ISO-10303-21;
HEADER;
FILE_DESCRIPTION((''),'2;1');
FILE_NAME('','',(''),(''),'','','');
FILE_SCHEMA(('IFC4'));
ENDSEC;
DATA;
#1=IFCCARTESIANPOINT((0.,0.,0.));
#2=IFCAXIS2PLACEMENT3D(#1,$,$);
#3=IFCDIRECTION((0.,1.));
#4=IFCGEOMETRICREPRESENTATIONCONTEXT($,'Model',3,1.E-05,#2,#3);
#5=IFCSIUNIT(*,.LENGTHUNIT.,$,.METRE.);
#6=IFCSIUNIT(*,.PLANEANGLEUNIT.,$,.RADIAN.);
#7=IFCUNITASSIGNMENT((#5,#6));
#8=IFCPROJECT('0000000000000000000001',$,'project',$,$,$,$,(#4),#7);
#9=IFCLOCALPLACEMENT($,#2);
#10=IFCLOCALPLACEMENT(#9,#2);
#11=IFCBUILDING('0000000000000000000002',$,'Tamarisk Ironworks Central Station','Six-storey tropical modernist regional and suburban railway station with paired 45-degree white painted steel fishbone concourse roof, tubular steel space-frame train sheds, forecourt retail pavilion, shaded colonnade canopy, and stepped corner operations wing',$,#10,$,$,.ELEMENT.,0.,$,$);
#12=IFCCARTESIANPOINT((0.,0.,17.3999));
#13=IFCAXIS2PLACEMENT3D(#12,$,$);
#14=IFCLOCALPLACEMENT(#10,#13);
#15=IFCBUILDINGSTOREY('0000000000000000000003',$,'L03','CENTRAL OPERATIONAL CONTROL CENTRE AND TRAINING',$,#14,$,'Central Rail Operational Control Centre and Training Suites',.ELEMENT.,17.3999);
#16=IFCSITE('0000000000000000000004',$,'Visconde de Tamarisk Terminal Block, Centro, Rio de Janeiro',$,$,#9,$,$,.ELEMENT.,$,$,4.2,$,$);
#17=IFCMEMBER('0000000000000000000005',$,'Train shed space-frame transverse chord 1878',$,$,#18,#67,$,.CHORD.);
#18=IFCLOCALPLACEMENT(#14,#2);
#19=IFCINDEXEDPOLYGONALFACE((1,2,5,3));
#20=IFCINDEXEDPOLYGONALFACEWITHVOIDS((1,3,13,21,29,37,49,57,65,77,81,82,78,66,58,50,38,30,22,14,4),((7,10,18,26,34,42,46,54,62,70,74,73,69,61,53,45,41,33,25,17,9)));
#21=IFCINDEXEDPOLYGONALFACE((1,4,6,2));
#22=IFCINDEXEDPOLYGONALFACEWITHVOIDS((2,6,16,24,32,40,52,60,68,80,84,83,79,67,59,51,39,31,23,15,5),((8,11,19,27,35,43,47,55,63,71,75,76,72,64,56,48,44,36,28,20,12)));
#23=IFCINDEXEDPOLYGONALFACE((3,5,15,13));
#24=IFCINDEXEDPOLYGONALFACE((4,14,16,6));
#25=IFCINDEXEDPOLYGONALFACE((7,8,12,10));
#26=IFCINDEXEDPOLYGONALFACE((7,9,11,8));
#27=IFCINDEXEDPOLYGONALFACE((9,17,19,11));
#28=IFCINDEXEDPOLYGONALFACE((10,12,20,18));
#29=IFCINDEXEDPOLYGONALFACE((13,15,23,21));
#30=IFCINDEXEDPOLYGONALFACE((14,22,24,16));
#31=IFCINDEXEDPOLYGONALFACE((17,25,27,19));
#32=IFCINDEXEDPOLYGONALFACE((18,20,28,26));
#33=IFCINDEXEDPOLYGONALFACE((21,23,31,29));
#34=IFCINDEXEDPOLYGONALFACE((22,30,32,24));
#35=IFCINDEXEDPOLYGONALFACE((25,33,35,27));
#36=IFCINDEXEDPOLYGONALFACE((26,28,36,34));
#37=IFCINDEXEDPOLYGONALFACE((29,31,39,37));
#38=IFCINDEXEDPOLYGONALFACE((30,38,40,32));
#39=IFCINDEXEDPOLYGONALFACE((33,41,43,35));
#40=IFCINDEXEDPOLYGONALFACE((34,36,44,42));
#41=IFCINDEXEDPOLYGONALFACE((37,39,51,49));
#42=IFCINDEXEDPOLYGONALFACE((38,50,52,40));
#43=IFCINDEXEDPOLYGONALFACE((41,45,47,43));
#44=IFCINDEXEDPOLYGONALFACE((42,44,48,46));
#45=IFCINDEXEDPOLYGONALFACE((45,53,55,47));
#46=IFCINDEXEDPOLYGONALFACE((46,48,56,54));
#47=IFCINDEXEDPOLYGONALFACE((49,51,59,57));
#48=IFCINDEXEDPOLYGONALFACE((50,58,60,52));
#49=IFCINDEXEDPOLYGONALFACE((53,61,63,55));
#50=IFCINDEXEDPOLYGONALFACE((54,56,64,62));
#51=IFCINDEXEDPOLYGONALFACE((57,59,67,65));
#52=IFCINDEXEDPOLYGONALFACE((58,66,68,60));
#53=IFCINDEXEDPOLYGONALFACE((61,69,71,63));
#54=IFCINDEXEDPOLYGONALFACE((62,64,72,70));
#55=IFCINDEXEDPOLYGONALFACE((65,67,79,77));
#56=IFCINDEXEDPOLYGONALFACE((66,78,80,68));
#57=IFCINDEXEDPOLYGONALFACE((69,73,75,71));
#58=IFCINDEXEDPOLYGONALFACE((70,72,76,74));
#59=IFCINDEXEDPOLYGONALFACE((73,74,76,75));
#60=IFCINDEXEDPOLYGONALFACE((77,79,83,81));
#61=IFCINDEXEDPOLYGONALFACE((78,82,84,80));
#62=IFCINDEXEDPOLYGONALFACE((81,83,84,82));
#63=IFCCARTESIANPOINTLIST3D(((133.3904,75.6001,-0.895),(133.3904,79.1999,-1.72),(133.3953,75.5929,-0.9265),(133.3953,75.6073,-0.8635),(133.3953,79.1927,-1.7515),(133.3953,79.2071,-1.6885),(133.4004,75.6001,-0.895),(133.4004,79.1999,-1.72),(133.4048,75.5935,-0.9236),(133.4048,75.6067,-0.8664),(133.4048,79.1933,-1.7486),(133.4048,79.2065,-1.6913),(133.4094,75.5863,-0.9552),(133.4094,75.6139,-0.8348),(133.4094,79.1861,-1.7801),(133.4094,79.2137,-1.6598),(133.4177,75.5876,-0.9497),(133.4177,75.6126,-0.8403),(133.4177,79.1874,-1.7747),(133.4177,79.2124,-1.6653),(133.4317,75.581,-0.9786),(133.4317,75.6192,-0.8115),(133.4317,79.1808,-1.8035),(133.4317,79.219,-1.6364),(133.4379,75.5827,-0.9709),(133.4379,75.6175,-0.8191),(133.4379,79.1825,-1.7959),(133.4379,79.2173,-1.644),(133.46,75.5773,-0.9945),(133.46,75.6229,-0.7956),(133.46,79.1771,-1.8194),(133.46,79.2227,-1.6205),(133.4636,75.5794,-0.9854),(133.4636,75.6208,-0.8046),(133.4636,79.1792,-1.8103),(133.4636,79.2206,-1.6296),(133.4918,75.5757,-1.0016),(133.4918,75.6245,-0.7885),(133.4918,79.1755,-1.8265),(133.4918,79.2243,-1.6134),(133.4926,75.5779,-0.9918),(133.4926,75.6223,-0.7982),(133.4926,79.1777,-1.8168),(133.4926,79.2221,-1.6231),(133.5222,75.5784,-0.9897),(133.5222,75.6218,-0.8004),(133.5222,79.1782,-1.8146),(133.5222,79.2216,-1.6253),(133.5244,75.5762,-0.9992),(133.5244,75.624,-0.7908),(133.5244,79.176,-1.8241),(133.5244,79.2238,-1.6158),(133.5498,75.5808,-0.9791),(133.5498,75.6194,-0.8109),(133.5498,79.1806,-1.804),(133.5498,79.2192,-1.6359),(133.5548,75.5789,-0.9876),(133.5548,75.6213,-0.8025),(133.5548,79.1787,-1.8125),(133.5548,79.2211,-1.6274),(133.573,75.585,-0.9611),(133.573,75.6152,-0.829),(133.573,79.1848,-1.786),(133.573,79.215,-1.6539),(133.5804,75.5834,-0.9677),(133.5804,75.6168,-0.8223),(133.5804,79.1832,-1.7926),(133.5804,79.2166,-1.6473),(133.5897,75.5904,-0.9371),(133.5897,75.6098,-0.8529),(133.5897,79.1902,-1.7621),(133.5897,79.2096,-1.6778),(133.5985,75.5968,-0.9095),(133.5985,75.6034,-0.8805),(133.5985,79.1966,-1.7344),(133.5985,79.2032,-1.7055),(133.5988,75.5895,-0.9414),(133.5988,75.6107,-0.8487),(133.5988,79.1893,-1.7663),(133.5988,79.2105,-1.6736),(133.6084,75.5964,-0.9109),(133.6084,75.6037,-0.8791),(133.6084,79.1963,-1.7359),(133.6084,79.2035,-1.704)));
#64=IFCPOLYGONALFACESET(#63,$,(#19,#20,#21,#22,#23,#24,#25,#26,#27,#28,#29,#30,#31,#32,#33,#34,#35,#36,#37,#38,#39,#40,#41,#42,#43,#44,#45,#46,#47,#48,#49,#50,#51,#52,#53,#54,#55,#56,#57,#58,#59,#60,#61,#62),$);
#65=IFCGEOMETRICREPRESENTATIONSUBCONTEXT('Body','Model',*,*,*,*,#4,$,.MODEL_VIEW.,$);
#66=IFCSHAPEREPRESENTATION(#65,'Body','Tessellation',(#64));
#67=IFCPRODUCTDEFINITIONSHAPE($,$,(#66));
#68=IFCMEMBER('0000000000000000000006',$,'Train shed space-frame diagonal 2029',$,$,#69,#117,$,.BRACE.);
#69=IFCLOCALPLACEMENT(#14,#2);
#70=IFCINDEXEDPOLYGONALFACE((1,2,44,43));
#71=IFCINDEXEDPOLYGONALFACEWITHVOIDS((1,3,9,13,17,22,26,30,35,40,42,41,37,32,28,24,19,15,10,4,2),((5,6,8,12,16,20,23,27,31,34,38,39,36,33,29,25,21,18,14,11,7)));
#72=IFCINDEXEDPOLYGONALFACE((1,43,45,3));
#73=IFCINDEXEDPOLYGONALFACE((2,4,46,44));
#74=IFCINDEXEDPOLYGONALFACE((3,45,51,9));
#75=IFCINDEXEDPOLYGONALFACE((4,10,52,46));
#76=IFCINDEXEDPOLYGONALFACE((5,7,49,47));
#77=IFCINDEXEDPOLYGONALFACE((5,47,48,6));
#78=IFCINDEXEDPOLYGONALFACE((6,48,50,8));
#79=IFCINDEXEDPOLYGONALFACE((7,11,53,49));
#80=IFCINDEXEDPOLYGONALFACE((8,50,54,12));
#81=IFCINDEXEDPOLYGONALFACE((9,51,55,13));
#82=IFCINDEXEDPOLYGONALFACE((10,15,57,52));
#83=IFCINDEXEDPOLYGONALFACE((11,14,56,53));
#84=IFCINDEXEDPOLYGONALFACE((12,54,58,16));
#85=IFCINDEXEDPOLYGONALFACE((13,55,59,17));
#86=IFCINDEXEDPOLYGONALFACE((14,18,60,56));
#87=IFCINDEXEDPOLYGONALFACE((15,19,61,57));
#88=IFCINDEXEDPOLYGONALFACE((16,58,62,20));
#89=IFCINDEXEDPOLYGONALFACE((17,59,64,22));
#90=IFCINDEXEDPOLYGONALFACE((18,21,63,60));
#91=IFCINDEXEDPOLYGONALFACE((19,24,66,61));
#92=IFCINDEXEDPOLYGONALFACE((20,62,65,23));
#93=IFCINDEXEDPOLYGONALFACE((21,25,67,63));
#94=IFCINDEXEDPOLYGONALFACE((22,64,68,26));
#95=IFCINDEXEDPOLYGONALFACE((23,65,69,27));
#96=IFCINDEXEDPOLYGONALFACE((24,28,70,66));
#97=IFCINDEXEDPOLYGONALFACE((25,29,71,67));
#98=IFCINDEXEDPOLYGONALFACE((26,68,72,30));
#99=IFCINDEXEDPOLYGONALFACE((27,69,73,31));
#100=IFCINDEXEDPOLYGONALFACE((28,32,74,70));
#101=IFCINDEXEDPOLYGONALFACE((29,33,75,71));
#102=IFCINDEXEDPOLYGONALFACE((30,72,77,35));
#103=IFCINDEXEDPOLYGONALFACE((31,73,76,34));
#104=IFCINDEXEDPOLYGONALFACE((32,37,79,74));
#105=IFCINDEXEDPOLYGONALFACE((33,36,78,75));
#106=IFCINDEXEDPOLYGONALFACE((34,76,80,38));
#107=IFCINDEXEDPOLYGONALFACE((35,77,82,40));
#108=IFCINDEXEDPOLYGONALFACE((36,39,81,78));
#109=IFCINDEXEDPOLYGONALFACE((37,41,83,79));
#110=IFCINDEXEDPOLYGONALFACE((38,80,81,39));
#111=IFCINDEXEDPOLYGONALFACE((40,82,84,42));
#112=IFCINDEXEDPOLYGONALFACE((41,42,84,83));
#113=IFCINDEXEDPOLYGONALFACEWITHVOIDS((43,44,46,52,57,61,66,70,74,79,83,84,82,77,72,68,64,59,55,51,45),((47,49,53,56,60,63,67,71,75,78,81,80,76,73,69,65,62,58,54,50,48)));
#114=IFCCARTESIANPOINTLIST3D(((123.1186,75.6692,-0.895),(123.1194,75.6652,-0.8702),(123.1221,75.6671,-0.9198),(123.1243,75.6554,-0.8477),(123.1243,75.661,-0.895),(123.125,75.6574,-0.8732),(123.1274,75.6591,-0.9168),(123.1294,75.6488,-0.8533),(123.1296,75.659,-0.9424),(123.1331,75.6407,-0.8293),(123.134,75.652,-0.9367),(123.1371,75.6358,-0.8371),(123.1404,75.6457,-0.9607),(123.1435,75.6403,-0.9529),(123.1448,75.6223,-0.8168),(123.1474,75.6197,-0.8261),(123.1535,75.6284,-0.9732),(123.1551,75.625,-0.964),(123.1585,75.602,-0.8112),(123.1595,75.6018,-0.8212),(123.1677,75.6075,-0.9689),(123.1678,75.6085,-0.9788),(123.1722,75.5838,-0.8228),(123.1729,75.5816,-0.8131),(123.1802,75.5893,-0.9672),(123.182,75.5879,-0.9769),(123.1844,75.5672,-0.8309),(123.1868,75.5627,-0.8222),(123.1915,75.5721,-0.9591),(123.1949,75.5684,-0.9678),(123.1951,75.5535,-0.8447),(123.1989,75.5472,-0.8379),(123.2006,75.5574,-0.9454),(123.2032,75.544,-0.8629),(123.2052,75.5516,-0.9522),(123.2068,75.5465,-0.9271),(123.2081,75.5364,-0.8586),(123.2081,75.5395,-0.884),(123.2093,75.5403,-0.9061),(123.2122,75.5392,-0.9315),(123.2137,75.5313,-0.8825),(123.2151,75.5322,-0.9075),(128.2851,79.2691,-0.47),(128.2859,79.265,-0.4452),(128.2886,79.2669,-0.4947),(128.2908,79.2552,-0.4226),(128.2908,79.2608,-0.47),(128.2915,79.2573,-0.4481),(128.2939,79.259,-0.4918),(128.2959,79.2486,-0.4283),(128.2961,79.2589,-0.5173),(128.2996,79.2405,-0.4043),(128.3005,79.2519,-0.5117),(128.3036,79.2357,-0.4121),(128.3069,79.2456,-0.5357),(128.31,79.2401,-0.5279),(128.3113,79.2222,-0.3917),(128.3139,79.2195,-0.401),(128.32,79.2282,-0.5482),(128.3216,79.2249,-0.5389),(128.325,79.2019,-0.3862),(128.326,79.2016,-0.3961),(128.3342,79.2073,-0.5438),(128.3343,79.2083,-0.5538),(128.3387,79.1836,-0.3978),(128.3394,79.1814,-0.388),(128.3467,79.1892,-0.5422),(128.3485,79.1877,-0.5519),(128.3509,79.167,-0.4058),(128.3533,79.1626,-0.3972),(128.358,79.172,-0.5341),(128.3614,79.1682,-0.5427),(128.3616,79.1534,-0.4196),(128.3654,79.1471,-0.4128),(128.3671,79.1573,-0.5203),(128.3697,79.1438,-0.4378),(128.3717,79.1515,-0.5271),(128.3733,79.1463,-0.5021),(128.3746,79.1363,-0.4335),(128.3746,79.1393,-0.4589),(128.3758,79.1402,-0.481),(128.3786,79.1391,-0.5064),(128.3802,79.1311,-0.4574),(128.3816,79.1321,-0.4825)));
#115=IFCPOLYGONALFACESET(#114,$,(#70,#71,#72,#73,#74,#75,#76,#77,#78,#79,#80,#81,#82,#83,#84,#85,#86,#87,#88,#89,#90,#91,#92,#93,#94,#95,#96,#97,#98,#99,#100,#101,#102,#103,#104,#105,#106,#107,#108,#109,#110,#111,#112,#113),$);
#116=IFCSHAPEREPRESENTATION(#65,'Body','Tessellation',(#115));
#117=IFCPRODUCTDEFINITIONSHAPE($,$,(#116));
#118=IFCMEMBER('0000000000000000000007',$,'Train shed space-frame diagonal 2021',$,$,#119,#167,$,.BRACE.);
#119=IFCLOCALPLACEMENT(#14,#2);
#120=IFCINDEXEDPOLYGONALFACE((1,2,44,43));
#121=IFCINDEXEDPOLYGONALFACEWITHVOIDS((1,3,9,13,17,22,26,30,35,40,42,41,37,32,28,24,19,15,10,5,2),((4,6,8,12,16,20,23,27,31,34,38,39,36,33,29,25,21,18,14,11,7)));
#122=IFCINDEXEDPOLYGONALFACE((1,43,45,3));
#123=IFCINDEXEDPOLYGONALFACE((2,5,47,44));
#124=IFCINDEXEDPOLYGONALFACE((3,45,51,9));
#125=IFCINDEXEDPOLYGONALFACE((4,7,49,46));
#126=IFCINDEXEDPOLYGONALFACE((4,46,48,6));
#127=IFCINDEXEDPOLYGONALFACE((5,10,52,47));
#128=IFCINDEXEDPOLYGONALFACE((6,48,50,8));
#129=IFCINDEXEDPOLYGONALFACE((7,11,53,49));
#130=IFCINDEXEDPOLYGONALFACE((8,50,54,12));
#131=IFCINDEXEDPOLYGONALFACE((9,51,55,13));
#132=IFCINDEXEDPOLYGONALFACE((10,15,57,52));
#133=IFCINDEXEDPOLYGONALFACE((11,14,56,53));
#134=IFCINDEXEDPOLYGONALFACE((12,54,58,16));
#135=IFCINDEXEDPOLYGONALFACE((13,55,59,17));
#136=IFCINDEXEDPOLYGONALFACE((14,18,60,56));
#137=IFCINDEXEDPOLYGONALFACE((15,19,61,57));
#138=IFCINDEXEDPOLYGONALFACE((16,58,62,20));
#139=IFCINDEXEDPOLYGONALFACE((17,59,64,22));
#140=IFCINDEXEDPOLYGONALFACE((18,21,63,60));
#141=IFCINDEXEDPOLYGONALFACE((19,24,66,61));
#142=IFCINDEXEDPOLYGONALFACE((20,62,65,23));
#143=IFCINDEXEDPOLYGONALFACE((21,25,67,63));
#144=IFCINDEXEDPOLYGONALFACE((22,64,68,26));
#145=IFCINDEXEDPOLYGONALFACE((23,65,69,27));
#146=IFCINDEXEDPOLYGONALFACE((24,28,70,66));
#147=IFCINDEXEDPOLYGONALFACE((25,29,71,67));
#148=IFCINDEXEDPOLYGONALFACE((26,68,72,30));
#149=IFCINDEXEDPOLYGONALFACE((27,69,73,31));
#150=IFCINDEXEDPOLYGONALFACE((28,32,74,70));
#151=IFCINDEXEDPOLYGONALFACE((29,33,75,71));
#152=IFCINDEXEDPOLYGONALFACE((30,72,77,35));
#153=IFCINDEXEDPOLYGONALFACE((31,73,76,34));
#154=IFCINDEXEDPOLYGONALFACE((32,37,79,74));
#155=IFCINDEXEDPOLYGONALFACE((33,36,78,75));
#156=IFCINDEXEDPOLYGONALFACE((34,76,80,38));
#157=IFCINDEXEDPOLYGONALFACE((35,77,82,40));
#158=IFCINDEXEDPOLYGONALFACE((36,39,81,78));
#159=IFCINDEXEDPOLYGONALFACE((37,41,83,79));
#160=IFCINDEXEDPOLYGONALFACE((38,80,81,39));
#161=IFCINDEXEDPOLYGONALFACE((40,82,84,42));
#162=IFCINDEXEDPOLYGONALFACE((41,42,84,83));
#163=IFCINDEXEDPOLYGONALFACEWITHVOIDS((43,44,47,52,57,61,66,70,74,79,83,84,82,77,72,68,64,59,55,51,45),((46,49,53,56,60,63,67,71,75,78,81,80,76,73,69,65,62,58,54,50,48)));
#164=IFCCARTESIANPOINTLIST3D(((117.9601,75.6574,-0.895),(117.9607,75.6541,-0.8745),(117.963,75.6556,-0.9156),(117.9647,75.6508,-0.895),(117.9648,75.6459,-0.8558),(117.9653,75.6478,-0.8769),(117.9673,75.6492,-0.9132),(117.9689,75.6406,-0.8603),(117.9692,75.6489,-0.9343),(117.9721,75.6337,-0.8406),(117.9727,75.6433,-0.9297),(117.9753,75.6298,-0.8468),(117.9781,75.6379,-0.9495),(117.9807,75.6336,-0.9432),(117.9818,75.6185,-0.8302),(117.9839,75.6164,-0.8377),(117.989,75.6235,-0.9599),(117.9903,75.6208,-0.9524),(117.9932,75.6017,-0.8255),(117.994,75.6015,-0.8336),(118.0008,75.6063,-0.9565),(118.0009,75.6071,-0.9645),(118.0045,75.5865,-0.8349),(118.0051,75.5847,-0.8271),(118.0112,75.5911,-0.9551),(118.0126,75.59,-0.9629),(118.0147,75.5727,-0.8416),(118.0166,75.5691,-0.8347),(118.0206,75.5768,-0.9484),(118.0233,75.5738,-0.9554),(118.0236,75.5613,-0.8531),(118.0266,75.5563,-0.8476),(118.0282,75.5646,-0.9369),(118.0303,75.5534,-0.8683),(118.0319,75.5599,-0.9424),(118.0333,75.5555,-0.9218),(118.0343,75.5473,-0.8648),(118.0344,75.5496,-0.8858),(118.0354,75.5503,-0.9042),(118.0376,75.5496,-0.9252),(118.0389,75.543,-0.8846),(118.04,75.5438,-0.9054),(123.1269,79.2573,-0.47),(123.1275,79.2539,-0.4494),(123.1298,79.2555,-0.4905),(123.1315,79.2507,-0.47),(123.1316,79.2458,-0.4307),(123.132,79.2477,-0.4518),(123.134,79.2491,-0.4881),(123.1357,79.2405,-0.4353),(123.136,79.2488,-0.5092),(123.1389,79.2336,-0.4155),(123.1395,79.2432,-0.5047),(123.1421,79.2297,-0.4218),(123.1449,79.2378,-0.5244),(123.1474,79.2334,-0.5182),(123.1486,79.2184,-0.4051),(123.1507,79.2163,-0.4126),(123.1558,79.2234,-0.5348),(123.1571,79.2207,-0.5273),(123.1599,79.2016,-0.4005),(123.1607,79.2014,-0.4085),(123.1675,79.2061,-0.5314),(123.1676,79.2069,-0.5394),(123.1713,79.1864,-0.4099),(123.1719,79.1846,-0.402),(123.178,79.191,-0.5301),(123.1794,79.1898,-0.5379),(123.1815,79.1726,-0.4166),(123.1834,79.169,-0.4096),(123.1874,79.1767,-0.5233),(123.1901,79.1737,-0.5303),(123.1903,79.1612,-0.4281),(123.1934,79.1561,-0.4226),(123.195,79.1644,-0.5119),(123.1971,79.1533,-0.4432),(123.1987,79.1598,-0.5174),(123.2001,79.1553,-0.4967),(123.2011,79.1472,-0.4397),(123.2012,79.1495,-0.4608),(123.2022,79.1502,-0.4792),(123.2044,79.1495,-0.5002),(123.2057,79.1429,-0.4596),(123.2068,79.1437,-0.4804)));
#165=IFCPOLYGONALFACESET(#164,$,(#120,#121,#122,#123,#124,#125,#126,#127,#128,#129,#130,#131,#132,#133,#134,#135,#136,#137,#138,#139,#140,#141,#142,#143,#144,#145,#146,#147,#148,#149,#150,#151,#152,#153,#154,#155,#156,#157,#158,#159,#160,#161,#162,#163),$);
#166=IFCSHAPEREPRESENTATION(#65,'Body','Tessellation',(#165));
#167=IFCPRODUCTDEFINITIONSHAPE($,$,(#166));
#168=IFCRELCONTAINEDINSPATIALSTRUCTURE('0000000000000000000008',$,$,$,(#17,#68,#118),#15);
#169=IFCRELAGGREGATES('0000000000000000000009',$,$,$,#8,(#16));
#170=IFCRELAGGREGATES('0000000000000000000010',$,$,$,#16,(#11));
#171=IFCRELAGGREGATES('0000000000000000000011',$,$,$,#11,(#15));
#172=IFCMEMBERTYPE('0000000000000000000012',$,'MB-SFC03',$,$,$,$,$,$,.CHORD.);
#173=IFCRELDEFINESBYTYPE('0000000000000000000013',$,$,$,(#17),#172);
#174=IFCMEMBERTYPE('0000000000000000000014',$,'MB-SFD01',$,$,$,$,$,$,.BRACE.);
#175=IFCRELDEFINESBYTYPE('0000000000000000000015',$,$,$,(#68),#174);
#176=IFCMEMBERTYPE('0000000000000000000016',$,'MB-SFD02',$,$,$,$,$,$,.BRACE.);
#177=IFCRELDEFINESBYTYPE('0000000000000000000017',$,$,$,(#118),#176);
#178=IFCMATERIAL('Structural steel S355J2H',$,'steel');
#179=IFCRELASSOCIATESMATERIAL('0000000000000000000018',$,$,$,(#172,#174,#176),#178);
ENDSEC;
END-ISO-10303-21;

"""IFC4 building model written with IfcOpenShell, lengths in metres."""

from ifc_helpers import new_model, si_unit, direction, frame, origin, origin_2d, place, context, subcontext, project, spatial, hollow_circle, extrude, material, material_profile, profile_set, type_object, element, save


model = new_model("IFC4")

# Units and contexts
model_context = context("Model", 3, precision=1e-05, world=origin(), true_north=direction((0.0, 1.0)))
body_context = subcontext(model_context, "Body", "Model", "MODEL_VIEW")
ifc_project = project(units=[si_unit("LENGTHUNIT", "METRE"), si_unit("PLANEANGLEUNIT", "RADIAN")], contexts=[model_context])

# Site, building, storey
site_placement = place(None, origin())
site = spatial("IfcSite", under=ifc_project, at=site_placement, Name="Visconde de Tamarisk Terminal Block, Centro, Rio de Janeiro", CompositionType="ELEMENT", RefElevation=4.2)
building_placement = place(site_placement, origin())
building = spatial("IfcBuilding", under=site, at=building_placement, Name="Tamarisk Ironworks Central Station", Description="Six-storey tropical modernist regional and suburban railway station with paired 45-degree white painted steel fishbone concourse roof, tubular steel space-frame train sheds, forecourt retail pavilion, shaded colonnade canopy, and stepped corner operations wing", CompositionType="ELEMENT", ElevationOfRefHeight=0.0)
storey_placement = place(building_placement, frame((0.0, 0.0, 17.3999)))
storey = spatial("IfcBuildingStorey", under=building, at=storey_placement, Name="L03", Description="CENTRAL OPERATIONAL CONTROL CENTRE AND TRAINING", LongName="Central Rail Operational Control Centre and Training Suites", CompositionType="ELEMENT", Elevation=17.3999)

# Members
ifc_material_1 = material(Name="Structural steel S355J2H", Category="steel")
ifc_material_profile_1 = material_profile(ifc_material_1, hollow_circle(Radius=0.1096, WallThickness=0.01, at=origin_2d()), Name="CHS 219.1x10")
ifc_profile_set_1 = profile_set([ifc_material_profile_1], Name="Structural steel S355J2H")
member_type_1 = type_object("IfcMemberType", Name="MB-SFC03", PredefinedType="CHORD", material=ifc_profile_set_1)
for number, where, z_axis, x_axis, name in (
    (1, (133.5, 75.6001, -0.895), (0.0, 0.974733, -0.223372), (-1.0, 0.0, 0.0), "Train shed space-frame transverse chord 1878"),
):
    element("IfcMember", number, at=place(storey_placement, frame(where, z_axis=z_axis, x_axis=x_axis)), inside=storey, type_object=member_type_1, Name=name, PredefinedType="CHORD", context=body_context, shape_type="SweptSolid", body=[
        extrude(hollow_circle(Radius=0.1096, WallThickness=0.01, at=origin_2d()), origin(), (0.0, 0.0, 1.0), 3.6931),
    ])
ifc_material_profile_2 = material_profile(ifc_material_1, hollow_circle(Radius=0.0842, WallThickness=0.01, at=origin_2d()), Name="CHS 168.3x10")
ifc_profile_set_2 = profile_set([ifc_material_profile_2], Name="Structural steel S355J2H")
member_type_2 = type_object("IfcMemberType", Name="MB-SFD01", PredefinedType="BRACE", material=ifc_profile_set_2)
member_1_placement = place(storey_placement, frame((123.1667, 75.6001, -0.895), z_axis=(0.818613, 0.570383, 0.067347), x_axis=(-0.571681, 0.820476, 0.0)))
element("IfcMember", 2, at=member_1_placement, inside=storey, type_object=member_type_2, Name="Train shed space-frame diagonal 2029", PredefinedType="BRACE", context=body_context, shape_type="SweptSolid", body=[
    extrude(hollow_circle(Radius=0.0842, WallThickness=0.01, at=origin_2d()), origin(), (0.0, 0.0, 1.0), 6.3113),
])
ifc_material_profile_3 = material_profile(ifc_material_1, hollow_circle(Radius=0.0698, WallThickness=0.0081, at=origin_2d()), Name="CHS 139.7x8")
ifc_profile_set_3 = profile_set([ifc_material_profile_3], Name="Structural steel S355J2H")
member_type_3 = type_object("IfcMemberType", Name="MB-SFD02", PredefinedType="BRACE", material=ifc_profile_set_3)
for number, where, z_axis, x_axis, name in (
    (3, (118.0, 75.6001, -0.895), (0.818626, 0.570365, 0.067345), (-0.571663, 0.820489, 0.0), "Train shed space-frame diagonal 2021"),
):
    element("IfcMember", number, at=place(storey_placement, frame(where, z_axis=z_axis, x_axis=x_axis)), inside=storey, type_object=member_type_3, Name=name, PredefinedType="BRACE", context=body_context, shape_type="SweptSolid", body=[
        extrude(hollow_circle(Radius=0.0698, WallThickness=0.0081, at=origin_2d()), origin(), (0.0, 0.0, 1.0), 6.3115),
    ])

save(model, "model.ifc")
